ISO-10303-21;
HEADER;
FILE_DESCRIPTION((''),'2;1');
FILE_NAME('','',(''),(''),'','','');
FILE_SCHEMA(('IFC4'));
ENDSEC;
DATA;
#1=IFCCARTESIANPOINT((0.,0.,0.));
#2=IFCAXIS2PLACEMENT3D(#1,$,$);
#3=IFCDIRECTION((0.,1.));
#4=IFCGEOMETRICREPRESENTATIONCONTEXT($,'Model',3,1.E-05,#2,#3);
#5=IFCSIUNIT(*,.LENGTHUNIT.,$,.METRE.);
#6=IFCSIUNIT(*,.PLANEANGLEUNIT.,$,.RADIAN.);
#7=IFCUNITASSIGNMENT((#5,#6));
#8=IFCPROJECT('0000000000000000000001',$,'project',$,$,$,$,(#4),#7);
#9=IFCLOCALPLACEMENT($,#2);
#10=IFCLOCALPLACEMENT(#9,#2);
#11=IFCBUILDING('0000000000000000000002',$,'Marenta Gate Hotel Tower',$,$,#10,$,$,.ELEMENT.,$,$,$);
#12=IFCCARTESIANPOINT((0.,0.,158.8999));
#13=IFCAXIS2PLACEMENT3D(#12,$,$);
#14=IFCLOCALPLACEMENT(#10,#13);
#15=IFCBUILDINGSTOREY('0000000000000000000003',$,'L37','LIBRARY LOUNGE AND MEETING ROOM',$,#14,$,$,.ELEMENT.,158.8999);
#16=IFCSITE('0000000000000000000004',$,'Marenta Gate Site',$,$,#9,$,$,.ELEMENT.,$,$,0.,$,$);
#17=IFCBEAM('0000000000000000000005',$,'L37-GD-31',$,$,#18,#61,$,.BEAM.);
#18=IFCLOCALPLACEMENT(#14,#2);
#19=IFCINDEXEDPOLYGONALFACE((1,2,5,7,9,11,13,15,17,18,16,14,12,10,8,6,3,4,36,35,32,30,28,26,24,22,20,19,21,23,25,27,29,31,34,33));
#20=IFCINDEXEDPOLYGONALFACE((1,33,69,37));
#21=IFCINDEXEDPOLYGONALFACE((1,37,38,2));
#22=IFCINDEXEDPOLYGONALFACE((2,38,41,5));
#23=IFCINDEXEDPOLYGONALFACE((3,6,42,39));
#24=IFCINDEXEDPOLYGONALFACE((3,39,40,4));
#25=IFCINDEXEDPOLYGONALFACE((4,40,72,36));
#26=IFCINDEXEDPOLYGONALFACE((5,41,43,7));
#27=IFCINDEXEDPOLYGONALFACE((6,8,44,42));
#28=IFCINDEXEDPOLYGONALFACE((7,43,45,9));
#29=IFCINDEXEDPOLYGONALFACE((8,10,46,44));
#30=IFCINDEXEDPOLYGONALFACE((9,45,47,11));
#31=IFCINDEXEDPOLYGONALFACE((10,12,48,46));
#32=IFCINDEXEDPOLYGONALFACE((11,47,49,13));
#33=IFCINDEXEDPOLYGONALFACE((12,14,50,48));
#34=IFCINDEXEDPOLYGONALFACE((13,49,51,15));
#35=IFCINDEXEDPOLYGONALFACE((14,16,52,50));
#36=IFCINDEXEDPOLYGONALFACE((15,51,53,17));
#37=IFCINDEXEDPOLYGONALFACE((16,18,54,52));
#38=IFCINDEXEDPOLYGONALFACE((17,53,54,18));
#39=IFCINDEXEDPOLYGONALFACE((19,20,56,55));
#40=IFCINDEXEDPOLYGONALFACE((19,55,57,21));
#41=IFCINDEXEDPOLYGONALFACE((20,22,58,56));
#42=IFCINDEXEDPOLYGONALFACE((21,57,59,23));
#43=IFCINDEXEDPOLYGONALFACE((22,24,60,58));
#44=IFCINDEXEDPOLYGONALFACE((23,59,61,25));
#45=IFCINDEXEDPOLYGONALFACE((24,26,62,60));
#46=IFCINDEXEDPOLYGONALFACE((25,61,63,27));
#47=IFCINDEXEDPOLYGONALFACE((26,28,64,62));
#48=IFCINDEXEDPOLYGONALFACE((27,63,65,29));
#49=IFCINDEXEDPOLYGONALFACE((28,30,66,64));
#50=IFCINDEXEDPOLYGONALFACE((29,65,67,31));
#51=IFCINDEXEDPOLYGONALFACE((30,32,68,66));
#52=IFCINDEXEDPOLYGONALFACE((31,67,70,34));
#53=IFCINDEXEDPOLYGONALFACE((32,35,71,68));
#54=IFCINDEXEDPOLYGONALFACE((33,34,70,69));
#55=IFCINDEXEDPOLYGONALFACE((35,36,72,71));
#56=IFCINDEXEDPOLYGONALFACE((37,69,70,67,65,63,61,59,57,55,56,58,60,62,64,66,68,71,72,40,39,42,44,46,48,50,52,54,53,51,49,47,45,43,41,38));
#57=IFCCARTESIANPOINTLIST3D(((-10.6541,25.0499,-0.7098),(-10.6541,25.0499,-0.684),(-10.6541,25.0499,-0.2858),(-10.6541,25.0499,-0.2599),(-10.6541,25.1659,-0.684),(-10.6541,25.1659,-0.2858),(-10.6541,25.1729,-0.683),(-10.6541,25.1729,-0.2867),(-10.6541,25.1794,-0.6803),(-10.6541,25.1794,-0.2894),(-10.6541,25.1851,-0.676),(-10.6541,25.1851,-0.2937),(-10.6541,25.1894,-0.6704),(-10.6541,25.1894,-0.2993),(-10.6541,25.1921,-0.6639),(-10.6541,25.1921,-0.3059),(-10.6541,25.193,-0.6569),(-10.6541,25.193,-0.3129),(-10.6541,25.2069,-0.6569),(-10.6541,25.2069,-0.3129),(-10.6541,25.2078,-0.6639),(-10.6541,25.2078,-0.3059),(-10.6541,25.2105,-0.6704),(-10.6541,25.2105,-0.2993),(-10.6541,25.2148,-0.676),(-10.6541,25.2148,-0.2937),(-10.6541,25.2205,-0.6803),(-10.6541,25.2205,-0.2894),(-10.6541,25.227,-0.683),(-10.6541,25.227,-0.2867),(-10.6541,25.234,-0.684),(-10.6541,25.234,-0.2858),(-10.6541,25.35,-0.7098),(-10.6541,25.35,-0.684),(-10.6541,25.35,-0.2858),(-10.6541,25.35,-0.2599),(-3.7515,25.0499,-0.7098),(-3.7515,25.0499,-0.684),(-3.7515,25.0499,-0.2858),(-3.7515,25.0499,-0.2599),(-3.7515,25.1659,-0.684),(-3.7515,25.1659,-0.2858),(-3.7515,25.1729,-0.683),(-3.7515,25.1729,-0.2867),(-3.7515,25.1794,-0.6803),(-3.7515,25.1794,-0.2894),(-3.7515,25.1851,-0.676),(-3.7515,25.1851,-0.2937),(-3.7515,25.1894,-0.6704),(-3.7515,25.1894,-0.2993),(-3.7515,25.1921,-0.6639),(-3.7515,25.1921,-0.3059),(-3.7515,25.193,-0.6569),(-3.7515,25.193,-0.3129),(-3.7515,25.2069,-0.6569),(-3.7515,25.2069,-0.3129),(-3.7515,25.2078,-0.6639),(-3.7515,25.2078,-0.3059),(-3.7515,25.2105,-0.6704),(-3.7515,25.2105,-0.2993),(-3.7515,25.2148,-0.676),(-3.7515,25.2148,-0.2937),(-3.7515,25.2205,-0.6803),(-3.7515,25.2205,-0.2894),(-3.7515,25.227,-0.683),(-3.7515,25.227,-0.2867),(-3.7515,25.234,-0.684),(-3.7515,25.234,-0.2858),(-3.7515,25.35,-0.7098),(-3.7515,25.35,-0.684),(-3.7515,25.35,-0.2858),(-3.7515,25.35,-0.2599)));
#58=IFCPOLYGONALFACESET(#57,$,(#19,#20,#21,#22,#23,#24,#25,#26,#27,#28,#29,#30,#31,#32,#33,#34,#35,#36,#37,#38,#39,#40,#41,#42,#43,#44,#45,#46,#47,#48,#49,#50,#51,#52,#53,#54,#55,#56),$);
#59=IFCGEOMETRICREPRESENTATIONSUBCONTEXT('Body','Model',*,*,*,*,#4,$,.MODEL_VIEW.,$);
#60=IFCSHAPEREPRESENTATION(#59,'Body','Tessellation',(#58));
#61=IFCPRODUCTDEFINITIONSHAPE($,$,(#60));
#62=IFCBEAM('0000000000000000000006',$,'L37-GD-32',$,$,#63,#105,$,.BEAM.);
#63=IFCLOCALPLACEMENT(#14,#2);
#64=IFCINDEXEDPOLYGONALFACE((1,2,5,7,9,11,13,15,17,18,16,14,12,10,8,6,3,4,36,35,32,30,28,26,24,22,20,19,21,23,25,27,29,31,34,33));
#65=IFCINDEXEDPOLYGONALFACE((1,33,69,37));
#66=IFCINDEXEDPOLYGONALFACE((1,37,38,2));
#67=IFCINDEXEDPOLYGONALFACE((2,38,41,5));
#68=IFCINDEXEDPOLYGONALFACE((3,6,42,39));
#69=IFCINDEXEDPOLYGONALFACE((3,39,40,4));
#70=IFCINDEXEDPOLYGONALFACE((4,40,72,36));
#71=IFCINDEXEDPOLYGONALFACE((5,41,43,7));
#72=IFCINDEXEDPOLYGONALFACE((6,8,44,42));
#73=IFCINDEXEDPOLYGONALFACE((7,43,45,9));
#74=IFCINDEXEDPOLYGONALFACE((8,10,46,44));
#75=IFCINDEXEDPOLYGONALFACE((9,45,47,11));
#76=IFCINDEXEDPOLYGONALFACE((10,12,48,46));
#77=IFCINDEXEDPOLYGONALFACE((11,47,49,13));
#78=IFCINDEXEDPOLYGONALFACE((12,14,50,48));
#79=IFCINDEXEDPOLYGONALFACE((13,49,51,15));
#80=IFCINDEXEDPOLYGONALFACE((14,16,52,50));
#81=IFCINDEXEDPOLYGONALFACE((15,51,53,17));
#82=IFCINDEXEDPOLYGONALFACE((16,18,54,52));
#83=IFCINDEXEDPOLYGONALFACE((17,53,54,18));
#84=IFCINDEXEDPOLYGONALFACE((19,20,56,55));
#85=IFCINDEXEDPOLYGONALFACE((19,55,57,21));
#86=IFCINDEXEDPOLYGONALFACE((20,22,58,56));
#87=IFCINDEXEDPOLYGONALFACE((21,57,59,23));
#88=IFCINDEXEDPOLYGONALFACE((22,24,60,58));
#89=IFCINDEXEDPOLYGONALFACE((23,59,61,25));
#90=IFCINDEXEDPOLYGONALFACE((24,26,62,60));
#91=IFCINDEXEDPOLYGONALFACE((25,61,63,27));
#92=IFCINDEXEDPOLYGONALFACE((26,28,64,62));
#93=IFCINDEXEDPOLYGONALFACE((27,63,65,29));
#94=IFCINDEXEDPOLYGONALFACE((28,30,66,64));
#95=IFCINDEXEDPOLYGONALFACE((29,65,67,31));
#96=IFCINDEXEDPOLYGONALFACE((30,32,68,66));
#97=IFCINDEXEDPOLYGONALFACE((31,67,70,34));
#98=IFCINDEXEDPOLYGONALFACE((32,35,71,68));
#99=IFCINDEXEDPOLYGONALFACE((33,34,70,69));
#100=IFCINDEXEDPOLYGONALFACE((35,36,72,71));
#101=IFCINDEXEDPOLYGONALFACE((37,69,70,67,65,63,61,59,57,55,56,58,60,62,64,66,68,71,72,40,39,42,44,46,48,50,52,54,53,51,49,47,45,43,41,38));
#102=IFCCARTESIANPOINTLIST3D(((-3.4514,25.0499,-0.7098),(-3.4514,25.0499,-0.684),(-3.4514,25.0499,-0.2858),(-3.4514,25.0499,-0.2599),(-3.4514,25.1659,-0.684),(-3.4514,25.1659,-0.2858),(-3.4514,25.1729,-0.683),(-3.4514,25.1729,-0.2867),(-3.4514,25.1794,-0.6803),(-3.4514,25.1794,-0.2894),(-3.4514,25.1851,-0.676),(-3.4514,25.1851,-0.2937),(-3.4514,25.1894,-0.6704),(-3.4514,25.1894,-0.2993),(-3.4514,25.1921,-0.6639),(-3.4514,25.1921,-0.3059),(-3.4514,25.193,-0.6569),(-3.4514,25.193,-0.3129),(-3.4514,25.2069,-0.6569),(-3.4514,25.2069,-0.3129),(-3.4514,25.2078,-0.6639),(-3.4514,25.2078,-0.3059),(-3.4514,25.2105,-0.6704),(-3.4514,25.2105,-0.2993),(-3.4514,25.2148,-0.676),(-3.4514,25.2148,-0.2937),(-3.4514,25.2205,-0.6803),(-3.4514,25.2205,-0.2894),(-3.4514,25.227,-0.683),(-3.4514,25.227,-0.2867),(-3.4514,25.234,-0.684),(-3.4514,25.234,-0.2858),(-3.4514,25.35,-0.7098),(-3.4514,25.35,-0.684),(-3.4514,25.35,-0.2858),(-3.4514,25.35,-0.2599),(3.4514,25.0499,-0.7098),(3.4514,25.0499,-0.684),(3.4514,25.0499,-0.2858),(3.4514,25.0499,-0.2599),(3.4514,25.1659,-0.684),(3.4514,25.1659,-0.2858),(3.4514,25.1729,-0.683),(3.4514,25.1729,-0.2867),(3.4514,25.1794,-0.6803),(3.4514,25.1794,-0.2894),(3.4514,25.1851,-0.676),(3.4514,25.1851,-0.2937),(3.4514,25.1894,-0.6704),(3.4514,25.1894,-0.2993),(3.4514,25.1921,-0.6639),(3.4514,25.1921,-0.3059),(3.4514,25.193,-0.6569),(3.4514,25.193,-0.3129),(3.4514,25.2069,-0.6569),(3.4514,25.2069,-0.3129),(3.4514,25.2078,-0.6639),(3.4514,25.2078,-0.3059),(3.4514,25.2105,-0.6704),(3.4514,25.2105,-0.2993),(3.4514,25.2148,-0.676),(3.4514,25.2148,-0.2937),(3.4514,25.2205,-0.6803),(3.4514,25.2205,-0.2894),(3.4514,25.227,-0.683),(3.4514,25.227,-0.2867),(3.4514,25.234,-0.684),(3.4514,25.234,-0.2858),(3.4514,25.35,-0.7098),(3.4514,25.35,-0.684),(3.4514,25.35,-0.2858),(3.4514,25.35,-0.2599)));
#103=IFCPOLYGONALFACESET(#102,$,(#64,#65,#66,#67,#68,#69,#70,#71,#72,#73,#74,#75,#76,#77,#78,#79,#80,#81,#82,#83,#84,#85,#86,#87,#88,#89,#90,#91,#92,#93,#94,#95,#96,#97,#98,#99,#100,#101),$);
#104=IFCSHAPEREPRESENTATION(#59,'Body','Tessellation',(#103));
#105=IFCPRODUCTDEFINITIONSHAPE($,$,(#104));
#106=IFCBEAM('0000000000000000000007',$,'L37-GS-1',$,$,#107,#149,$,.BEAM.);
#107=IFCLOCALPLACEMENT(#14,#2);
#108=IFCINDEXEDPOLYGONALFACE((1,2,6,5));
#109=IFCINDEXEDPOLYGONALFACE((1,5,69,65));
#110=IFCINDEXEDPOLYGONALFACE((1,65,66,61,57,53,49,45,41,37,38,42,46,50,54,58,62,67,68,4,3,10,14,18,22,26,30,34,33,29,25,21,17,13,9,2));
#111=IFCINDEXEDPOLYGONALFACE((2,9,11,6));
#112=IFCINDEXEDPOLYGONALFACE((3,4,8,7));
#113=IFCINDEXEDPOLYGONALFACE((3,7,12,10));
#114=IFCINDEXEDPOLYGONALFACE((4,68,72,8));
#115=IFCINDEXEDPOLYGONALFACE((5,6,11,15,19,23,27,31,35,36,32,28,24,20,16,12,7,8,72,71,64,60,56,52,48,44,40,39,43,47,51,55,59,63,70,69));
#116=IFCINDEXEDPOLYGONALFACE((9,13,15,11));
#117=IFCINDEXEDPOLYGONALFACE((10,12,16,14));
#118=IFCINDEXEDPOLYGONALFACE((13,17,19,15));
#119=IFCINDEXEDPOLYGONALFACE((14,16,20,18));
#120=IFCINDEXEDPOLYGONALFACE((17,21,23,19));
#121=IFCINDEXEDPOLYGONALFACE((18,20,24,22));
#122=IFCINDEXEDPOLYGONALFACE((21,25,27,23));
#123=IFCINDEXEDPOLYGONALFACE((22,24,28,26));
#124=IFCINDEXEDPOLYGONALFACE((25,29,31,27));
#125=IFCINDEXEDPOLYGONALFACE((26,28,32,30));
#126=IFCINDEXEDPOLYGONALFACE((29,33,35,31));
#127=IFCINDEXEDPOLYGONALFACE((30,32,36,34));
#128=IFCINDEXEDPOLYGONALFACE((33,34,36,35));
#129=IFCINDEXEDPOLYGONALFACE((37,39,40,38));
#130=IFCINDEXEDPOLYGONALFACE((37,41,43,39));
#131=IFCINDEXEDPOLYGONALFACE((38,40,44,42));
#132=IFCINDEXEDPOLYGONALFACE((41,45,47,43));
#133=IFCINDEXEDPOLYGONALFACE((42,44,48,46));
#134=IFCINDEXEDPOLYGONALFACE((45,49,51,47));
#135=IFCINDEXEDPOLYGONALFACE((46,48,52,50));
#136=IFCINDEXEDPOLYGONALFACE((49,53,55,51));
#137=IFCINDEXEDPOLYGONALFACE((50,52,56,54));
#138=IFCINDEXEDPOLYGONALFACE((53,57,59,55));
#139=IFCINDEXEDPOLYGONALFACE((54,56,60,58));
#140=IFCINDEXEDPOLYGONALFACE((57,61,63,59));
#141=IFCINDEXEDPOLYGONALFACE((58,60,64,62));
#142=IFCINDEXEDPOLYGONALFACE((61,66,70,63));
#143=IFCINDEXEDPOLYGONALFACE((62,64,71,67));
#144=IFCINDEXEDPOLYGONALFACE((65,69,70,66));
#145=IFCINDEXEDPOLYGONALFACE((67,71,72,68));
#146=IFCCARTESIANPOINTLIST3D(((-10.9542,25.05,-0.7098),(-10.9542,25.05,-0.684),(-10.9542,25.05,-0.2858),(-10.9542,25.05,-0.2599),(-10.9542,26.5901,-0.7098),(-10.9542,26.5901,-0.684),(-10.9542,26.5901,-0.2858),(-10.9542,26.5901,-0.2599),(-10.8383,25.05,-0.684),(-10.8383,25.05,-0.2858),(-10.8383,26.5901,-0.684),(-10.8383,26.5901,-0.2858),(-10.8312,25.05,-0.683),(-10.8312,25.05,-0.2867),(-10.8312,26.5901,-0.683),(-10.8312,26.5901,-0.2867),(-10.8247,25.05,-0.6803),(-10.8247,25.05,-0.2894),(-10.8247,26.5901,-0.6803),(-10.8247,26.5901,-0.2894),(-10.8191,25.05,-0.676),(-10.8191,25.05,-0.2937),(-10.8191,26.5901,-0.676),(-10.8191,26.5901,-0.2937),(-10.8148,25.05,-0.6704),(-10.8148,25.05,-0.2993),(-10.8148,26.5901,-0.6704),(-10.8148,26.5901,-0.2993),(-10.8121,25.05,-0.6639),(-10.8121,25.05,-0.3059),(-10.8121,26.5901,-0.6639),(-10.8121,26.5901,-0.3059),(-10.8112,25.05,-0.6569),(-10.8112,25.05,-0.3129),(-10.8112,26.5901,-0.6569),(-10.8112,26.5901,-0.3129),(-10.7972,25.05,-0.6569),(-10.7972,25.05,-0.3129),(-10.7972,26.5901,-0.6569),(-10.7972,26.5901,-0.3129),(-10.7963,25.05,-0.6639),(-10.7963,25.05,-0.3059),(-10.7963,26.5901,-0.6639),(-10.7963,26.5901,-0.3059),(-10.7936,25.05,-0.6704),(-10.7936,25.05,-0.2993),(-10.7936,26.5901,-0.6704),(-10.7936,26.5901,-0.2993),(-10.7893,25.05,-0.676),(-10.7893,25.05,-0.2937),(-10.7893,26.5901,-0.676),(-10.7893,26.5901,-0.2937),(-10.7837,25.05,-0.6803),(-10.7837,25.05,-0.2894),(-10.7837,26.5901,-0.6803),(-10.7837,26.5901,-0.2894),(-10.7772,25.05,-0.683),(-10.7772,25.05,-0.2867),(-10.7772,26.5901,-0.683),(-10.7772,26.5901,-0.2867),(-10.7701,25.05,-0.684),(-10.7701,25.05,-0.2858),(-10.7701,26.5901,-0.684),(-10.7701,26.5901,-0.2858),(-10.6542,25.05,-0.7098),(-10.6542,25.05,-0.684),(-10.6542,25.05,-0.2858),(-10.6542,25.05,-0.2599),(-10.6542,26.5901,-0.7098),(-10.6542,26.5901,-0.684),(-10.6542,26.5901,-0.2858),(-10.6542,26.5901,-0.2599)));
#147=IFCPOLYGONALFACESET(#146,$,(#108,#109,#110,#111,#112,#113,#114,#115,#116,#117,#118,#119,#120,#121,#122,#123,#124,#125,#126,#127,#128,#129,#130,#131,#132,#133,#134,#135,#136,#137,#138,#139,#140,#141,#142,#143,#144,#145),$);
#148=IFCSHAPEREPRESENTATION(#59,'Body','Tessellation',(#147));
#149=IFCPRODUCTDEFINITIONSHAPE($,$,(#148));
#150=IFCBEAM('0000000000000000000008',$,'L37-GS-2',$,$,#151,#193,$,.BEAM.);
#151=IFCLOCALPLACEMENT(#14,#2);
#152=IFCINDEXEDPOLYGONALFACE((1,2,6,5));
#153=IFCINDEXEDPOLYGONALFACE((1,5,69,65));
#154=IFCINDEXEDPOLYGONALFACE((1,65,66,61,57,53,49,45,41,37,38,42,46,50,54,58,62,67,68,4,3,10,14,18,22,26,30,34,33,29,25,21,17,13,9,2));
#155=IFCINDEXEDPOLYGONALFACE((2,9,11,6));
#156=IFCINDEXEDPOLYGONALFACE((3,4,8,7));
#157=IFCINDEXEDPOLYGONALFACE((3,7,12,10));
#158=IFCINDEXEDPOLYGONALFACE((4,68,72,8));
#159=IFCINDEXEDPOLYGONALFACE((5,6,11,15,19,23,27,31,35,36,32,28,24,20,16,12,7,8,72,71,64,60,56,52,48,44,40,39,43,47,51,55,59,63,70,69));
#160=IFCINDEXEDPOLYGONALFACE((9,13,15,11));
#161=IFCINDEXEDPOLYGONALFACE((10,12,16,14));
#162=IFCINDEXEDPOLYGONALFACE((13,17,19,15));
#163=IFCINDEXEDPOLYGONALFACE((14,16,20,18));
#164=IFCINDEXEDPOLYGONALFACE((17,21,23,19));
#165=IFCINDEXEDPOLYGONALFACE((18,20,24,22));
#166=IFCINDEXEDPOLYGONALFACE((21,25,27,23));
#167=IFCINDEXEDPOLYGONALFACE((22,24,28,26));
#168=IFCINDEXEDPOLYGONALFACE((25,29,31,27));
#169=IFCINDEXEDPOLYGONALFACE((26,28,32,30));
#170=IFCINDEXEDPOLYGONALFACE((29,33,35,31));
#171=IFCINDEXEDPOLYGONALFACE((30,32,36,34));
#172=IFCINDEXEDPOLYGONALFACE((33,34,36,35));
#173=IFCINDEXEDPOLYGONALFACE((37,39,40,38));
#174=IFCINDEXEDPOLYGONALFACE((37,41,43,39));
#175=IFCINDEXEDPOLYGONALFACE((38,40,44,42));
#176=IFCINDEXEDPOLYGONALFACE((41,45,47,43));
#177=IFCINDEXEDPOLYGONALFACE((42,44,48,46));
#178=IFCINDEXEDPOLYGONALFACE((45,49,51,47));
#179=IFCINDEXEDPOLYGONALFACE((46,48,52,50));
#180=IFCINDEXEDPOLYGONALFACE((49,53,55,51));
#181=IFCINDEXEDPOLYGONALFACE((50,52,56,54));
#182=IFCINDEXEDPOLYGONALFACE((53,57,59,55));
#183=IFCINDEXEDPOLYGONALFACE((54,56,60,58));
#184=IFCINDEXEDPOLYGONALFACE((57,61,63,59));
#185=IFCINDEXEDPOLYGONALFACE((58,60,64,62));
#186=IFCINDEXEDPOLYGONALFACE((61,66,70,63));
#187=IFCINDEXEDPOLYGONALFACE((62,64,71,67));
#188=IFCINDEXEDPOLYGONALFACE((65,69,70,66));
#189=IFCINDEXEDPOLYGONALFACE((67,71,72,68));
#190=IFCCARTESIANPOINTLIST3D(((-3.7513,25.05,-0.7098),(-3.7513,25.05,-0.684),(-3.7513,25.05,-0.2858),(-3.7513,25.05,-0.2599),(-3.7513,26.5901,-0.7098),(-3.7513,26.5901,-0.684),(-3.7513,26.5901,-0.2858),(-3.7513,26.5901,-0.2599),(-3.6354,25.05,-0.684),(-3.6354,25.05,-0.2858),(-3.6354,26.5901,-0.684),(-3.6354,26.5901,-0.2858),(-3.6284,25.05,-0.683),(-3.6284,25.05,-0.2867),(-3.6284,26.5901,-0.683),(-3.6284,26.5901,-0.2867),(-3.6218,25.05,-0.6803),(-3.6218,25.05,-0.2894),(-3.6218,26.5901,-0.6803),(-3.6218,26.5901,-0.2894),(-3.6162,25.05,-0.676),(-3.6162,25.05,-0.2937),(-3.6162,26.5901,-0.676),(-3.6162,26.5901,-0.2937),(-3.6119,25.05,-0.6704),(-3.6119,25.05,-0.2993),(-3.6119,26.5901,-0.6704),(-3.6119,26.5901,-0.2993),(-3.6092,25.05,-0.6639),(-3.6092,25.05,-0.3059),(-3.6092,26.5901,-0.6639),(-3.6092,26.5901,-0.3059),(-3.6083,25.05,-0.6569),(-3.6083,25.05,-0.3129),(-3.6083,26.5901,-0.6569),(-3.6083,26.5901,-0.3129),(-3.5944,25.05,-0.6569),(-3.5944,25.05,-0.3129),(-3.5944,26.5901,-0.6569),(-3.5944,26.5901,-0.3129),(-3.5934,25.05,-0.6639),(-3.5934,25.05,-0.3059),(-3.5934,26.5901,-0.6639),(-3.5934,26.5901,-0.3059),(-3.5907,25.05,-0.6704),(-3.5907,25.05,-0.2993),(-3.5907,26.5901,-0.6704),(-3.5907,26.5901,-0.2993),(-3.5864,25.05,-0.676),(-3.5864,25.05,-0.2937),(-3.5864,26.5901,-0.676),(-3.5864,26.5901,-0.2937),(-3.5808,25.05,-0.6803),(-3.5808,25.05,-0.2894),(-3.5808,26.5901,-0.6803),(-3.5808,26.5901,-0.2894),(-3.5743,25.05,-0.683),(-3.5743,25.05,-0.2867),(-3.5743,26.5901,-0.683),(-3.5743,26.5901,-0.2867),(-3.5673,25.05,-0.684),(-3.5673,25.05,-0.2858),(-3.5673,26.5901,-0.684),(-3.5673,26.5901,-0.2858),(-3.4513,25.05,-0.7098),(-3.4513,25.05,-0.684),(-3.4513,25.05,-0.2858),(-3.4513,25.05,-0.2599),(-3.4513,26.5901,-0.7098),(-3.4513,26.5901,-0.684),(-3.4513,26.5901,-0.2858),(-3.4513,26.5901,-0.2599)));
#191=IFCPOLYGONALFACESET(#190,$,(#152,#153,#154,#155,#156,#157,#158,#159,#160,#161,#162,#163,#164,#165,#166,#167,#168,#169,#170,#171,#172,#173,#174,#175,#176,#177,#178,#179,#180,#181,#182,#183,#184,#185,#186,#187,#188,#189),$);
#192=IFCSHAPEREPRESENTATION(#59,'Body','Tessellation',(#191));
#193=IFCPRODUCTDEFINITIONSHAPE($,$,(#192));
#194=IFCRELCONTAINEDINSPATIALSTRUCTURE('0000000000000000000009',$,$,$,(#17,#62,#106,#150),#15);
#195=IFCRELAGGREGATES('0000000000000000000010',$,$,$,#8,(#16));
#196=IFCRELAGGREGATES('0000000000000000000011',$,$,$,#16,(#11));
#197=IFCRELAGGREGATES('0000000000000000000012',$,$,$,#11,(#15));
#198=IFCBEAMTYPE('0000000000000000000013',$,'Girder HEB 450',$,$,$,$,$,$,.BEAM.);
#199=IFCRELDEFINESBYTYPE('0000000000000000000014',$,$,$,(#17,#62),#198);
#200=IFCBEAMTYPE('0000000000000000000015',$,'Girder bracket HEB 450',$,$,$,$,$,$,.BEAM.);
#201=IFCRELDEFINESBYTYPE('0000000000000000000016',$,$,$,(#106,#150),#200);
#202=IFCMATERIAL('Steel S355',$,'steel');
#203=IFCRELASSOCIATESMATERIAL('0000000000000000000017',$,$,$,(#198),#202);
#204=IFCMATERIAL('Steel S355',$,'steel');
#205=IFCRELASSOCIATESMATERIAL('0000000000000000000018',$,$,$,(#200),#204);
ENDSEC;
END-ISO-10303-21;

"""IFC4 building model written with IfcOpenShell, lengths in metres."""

from ifc_helpers import new_model, si_unit, direction, frame, origin, origin_2d, place, context, subcontext, project, spatial, i_section, extrude, material, material_profile, profile_set, type_object, element, save


model = new_model("IFC4")

# Units and contexts
model_context = context("Model", 3, precision=1e-05, world=origin(), true_north=direction((0.0, 1.0)))
body_context = subcontext(model_context, "Body", "Model", "MODEL_VIEW")
ifc_project = project(units=[si_unit("LENGTHUNIT", "METRE"), si_unit("PLANEANGLEUNIT", "RADIAN")], contexts=[model_context])

# Site, building, storey
site_placement = place(None, origin())
site = spatial("IfcSite", under=ifc_project, at=site_placement, Name="Marenta Gate Site", CompositionType="ELEMENT", RefElevation=0.0)
building_placement = place(site_placement, origin())
building = spatial("IfcBuilding", under=site, at=building_placement, Name="Marenta Gate Hotel Tower", CompositionType="ELEMENT")
storey_placement = place(building_placement, frame((0.0, 0.0, 158.8999)))
storey = spatial("IfcBuildingStorey", under=building, at=storey_placement, Name="L37", Description="LIBRARY LOUNGE AND MEETING ROOM", CompositionType="ELEMENT", Elevation=158.8999)

# Beams
ifc_material_1 = material(Name="Steel S355", Category="steel")
ifc_material_profile_1 = material_profile(ifc_material_1, i_section(OverallWidth=0.3, OverallDepth=0.45, WebThickness=0.0139, FlangeThickness=0.0259, FilletRadius=0.0271, at=origin_2d()), Name="HEB 450")
ifc_profile_set_1 = profile_set([ifc_material_profile_1], Name="Steel S355")
beam_type_1 = type_object("IfcBeamType", Name="Girder HEB 450", PredefinedType="BEAM", material=ifc_profile_set_1)
beam_1_placement = place(storey_placement, frame((-10.6541, 25.2, -0.4849), z_axis=(1.0, 0.0, 0.0), x_axis=(0.0, 1.0, 0.0)))
element("IfcBeam", 1, at=beam_1_placement, inside=storey, type_object=beam_type_1, Name="L37-GD-31", PredefinedType="BEAM", context=body_context, shape_type="SweptSolid", body=[
    extrude(i_section(OverallWidth=0.3, OverallDepth=0.45, WebThickness=0.0139, FlangeThickness=0.0259, FilletRadius=0.0271, at=origin_2d()), origin(), (0.0, 0.0, 1.0), 6.9026),
])
beam_2_placement = place(storey_placement, frame((-3.4514, 25.2, -0.4849), z_axis=(1.0, 0.0, 0.0), x_axis=(0.0, 1.0, 0.0)))
element("IfcBeam", 2, at=beam_2_placement, inside=storey, type_object=beam_type_1, Name="L37-GD-32", PredefinedType="BEAM", context=body_context, shape_type="SweptSolid", body=[
    extrude(i_section(OverallWidth=0.3, OverallDepth=0.45, WebThickness=0.0139, FlangeThickness=0.0259, FilletRadius=0.0271, at=origin_2d()), origin(), (0.0, 0.0, 1.0), 6.9028),
])
ifc_material_2 = material(Name="Steel S355", Category="steel")
ifc_material_profile_2 = material_profile(ifc_material_2, i_section(OverallWidth=0.3, OverallDepth=0.45, WebThickness=0.0139, FlangeThickness=0.0259, FilletRadius=0.0271, at=origin_2d()), Name="HEB 450")
ifc_profile_set_2 = profile_set([ifc_material_profile_2], Name="Steel S355")
beam_type_2 = type_object("IfcBeamType", Name="Girder bracket HEB 450", PredefinedType="BEAM", material=ifc_profile_set_2)
for number, where, z_axis, x_axis, name in (
    (3, (-10.8042, 25.05, -0.4849), (0.0, 1.0, 0.0), (-1.0, 0.0, 0.0), "L37-GS-1"),
    (4, (-3.6013, 25.05, -0.4849), (0.0, 1.0, 0.0), (-1.0, 0.0, 0.0), "L37-GS-2"),
):
    element("IfcBeam", number, at=place(storey_placement, frame(where, z_axis=z_axis, x_axis=x_axis)), inside=storey, type_object=beam_type_2, Name=name, PredefinedType="BEAM", context=body_context, shape_type="SweptSolid", body=[
        extrude(i_section(OverallWidth=0.3, OverallDepth=0.45, WebThickness=0.0139, FlangeThickness=0.0259, FilletRadius=0.0271, at=origin_2d()), origin(), (0.0, 0.0, 1.0), 1.54),
    ])

save(model, "model.ifc")
